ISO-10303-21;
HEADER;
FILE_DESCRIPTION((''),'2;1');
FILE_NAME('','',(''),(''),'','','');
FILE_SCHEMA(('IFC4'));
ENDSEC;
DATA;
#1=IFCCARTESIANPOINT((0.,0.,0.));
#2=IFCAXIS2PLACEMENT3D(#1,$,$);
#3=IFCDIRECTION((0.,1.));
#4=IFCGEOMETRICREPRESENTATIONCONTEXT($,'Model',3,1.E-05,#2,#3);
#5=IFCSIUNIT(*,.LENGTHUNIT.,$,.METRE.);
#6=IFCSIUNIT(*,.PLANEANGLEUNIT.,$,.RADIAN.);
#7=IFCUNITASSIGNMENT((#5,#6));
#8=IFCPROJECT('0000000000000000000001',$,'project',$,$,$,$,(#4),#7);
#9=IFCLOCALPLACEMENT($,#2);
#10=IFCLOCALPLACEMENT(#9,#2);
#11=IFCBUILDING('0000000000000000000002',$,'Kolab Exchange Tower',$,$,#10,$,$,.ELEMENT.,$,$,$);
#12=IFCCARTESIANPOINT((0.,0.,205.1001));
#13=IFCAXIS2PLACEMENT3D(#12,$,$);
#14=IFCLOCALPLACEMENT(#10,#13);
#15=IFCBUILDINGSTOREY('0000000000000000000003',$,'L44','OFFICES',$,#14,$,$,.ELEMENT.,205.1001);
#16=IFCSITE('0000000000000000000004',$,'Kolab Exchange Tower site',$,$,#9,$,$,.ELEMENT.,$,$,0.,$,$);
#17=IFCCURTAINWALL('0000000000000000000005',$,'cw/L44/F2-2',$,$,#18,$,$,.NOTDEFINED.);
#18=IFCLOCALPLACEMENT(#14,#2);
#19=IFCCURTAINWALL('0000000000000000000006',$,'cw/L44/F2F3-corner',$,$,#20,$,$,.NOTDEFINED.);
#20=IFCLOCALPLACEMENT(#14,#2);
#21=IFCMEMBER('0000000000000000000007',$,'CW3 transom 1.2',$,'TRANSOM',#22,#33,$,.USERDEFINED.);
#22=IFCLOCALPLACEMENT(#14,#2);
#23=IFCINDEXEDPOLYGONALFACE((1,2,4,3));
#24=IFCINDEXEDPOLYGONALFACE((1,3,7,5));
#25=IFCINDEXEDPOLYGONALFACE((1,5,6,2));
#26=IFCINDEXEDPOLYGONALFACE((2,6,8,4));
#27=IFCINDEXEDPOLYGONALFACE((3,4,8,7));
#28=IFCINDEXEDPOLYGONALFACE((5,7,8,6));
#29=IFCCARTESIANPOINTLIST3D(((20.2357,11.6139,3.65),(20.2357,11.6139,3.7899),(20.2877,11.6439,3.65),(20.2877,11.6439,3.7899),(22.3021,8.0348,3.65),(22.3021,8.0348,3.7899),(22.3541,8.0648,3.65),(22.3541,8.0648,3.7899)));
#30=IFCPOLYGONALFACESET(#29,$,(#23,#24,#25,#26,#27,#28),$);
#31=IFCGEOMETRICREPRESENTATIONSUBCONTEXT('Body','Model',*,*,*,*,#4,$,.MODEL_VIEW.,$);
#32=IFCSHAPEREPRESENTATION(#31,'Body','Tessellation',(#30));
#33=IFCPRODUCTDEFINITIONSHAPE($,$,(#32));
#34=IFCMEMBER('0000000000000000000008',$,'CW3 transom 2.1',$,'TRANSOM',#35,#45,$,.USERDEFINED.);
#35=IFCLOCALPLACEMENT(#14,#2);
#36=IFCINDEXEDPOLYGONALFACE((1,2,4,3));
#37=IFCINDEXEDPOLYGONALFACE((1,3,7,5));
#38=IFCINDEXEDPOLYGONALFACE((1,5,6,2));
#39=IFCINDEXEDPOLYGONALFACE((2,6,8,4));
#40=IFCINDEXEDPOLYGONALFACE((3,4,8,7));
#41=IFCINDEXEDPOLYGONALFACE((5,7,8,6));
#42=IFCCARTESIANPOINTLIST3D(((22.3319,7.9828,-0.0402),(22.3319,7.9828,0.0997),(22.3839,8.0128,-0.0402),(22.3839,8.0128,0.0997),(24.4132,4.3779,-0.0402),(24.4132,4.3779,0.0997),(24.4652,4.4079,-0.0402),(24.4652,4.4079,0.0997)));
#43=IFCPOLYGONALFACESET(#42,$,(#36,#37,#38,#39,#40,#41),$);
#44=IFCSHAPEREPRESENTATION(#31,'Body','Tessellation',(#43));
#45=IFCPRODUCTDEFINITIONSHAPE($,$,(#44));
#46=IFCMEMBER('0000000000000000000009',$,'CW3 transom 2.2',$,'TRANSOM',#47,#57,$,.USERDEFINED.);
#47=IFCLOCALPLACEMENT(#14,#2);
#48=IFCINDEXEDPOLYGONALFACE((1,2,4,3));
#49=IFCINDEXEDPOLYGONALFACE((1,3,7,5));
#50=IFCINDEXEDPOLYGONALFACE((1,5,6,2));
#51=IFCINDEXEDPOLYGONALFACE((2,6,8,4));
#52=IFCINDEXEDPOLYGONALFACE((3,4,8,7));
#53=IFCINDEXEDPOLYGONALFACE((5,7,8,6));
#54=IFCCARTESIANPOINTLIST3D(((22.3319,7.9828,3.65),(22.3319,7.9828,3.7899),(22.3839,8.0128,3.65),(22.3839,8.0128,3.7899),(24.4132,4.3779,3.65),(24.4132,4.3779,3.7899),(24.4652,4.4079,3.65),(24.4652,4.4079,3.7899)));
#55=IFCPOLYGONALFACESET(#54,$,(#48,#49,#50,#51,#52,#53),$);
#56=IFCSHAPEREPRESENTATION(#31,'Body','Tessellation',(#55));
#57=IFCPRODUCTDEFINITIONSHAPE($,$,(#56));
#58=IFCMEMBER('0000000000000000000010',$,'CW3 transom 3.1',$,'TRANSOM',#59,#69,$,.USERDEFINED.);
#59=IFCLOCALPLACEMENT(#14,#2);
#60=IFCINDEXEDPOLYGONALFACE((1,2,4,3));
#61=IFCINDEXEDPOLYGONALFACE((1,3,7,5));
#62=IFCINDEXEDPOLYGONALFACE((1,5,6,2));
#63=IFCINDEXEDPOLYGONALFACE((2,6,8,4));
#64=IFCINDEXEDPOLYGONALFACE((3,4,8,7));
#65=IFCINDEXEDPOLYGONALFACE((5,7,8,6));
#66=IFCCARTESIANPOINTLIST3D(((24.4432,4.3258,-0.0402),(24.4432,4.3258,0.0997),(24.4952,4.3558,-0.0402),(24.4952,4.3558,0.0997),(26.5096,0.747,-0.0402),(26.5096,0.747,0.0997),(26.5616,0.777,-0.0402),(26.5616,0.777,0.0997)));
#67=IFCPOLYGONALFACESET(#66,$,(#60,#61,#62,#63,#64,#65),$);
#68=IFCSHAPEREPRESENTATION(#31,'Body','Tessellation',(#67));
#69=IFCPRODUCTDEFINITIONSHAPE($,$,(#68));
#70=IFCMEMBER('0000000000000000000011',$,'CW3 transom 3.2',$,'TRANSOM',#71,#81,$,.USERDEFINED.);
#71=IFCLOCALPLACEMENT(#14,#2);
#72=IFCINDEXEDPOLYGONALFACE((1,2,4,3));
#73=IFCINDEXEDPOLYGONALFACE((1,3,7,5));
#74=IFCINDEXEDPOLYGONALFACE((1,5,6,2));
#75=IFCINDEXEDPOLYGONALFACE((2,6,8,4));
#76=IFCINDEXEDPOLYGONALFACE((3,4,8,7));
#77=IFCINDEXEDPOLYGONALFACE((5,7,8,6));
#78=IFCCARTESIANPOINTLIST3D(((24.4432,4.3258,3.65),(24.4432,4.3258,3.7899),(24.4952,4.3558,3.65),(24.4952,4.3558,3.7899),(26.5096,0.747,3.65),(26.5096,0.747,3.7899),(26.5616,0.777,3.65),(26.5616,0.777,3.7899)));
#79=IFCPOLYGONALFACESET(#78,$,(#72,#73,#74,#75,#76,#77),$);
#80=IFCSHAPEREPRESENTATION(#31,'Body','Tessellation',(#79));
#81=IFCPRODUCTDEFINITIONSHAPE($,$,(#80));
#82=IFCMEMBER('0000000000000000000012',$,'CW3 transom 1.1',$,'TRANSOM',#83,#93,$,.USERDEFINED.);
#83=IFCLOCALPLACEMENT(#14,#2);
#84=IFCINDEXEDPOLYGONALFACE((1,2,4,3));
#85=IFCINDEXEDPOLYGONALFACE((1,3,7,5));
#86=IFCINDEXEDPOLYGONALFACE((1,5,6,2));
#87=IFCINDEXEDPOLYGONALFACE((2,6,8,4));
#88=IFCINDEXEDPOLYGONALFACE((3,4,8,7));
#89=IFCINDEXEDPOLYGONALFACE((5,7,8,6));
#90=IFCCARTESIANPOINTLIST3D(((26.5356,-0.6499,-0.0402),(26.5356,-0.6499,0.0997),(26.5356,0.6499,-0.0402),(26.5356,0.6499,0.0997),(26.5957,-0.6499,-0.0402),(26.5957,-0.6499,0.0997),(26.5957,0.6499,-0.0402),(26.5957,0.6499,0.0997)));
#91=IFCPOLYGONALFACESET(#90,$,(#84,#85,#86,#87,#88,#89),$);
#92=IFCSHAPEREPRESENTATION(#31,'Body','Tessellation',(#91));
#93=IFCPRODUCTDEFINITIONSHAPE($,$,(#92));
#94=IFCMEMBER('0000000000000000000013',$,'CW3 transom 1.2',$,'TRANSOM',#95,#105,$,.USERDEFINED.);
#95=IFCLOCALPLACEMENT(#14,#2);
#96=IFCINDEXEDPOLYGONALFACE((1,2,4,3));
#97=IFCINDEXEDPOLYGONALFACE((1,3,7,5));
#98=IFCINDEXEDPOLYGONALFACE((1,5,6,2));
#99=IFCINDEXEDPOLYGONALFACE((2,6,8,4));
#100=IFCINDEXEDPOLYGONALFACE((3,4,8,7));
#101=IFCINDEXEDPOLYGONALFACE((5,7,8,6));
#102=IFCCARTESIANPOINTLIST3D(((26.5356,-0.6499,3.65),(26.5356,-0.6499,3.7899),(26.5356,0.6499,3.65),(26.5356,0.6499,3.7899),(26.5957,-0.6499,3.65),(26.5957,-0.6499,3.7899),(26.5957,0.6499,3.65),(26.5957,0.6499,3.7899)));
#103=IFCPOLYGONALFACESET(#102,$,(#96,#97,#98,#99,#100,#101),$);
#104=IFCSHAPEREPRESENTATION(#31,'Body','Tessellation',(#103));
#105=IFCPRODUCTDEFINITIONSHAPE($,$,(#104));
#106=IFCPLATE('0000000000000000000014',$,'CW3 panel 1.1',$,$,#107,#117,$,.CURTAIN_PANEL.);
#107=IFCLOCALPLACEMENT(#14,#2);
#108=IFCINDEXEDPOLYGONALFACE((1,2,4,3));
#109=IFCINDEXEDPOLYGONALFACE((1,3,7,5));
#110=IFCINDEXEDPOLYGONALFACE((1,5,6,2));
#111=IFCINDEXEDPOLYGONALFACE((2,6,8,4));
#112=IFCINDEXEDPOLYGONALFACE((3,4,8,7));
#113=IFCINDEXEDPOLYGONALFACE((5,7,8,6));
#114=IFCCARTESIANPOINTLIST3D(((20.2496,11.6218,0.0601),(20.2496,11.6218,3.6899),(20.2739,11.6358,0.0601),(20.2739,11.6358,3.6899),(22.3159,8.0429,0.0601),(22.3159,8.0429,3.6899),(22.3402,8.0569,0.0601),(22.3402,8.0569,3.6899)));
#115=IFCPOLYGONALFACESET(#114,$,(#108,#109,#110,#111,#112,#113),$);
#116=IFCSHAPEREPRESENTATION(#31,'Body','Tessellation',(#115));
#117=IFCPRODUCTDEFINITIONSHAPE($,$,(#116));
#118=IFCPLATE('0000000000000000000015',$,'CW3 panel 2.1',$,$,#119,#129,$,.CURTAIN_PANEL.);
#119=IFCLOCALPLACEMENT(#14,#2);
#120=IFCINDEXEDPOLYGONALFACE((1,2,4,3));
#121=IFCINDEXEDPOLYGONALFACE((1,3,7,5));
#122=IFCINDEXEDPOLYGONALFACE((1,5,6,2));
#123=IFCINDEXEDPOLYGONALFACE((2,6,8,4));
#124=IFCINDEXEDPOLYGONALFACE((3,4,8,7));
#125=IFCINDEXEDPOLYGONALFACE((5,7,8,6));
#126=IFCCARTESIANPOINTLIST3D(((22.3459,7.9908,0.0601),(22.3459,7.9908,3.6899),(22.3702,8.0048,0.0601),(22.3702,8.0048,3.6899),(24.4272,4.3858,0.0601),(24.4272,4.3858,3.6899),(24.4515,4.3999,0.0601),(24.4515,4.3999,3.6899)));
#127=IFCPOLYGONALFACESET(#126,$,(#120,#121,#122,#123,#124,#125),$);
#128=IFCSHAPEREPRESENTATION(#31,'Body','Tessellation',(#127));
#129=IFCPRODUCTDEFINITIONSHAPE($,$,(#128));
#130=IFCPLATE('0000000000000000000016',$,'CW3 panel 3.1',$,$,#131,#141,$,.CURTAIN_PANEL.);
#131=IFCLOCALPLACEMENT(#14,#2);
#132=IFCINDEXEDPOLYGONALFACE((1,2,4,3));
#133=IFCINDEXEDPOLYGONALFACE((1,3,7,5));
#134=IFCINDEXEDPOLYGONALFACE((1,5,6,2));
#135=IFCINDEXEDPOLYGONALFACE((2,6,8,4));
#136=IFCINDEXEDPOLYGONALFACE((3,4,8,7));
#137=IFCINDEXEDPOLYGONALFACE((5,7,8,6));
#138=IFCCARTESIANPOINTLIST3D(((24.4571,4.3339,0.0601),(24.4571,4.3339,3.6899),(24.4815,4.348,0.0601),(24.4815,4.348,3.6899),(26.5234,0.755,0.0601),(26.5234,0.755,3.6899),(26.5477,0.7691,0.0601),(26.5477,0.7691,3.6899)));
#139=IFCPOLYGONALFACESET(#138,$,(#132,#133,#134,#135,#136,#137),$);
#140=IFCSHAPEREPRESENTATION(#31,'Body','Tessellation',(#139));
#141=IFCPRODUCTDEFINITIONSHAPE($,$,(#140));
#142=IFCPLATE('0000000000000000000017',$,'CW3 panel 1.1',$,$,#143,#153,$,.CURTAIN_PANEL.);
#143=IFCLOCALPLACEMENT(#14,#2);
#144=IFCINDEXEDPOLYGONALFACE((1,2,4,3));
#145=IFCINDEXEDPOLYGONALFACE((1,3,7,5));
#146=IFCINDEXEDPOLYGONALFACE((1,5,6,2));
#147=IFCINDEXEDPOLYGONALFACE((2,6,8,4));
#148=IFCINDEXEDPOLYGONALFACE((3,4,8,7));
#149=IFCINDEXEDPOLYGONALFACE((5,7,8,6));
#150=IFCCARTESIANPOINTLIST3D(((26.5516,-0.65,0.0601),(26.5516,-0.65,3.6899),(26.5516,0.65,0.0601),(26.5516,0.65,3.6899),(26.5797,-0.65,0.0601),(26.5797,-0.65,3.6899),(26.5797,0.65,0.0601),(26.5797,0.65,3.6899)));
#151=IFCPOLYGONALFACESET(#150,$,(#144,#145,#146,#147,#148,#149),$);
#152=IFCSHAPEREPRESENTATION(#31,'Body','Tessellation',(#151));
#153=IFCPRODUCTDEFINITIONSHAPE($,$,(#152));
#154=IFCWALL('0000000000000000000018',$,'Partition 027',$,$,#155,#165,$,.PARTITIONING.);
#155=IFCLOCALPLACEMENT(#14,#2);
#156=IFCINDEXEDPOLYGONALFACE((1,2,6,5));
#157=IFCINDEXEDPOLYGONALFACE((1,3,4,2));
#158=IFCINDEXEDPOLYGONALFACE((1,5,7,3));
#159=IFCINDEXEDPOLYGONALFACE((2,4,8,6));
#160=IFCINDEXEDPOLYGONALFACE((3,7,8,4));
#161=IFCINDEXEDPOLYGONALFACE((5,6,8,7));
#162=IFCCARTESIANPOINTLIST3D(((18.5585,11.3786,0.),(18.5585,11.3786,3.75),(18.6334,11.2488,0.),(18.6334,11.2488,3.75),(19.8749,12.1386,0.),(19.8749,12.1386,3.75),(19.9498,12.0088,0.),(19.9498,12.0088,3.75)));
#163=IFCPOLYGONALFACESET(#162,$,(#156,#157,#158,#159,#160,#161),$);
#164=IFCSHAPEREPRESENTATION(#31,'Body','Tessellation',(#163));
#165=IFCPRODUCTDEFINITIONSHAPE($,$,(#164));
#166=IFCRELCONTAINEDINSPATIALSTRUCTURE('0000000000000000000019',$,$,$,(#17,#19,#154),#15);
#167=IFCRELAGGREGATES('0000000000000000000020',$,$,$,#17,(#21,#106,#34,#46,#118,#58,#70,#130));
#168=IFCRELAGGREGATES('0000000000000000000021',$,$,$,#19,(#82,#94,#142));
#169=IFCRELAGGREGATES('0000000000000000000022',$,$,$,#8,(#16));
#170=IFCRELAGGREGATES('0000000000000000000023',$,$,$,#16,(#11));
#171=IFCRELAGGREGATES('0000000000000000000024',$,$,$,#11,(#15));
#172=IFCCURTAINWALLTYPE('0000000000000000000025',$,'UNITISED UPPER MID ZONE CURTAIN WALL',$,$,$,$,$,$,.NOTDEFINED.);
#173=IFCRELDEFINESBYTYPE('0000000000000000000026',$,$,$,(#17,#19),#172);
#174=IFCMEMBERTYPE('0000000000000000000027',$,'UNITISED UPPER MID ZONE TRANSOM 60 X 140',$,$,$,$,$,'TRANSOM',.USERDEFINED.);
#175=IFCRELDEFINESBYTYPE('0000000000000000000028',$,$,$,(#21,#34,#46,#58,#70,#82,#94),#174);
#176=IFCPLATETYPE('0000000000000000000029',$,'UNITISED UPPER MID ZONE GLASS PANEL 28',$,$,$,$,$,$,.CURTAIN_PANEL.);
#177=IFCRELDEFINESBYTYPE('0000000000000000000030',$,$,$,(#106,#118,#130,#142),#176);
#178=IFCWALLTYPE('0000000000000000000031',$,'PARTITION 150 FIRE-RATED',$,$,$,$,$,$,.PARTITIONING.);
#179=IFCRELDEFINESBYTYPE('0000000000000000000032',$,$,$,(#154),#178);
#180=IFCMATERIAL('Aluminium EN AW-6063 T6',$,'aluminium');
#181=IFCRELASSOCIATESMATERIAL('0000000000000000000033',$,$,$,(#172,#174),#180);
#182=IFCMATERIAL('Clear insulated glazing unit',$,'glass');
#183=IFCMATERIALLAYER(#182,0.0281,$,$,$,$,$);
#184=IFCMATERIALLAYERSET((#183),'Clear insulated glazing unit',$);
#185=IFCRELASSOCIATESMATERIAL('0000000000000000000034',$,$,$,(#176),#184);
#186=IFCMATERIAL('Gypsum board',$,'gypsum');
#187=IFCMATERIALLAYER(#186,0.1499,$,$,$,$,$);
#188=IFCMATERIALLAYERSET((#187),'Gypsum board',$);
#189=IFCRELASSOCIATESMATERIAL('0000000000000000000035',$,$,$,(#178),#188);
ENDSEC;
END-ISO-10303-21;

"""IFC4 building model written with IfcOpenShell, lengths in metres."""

from ifc_helpers import new_model, si_unit, direction, frame, frame_2d, origin, origin_2d, place, context, subcontext, project, spatial, rectangle, extrude, material, layer, layer_set, material_profile, profile_set, type_object, element, aggregate, save


model = new_model("IFC4")

# Units and contexts
model_context = context("Model", 3, precision=1e-05, world=origin(), true_north=direction((0.0, 1.0)))
body_context = subcontext(model_context, "Body", "Model", "MODEL_VIEW")
ifc_project = project(units=[si_unit("LENGTHUNIT", "METRE"), si_unit("PLANEANGLEUNIT", "RADIAN")], contexts=[model_context])

# Site, building, storey
site_placement = place(None, origin())
site = spatial("IfcSite", under=ifc_project, at=site_placement, Name="Kolab Exchange Tower site", CompositionType="ELEMENT", RefElevation=0.0)
building_placement = place(site_placement, origin())
building = spatial("IfcBuilding", under=site, at=building_placement, Name="Kolab Exchange Tower", CompositionType="ELEMENT")
storey_placement = place(building_placement, frame((0.0, 0.0, 205.1001)))
storey = spatial("IfcBuildingStorey", under=building, at=storey_placement, Name="L44", Description="OFFICES", CompositionType="ELEMENT", Elevation=205.1001)

# Curtain wall
ifc_material_1 = material(Name="Aluminium EN AW-6063 T6", Category="aluminium")
curtain_wall_type = type_object("IfcCurtainWallType", Name="UNITISED UPPER MID ZONE CURTAIN WALL", PredefinedType="NOTDEFINED", material=ifc_material_1)
curtain_wall_1_placement = place(storey_placement, origin())
curtain_wall_1 = element("IfcCurtainWall", 1, at=curtain_wall_1_placement, inside=storey, type_object=curtain_wall_type, Name="cw/L44/F2-2", PredefinedType="NOTDEFINED")

# Curtain wall
curtain_wall_2_placement = place(storey_placement, origin())
curtain_wall_2 = element("IfcCurtainWall", 2, at=curtain_wall_2_placement, inside=storey, type_object=curtain_wall_type, Name="cw/L44/F2F3-corner", PredefinedType="NOTDEFINED")

# Members
ifc_material_profile_1 = material_profile(ifc_material_1, rectangle(XDim=0.0601, YDim=0.1399, at=origin_2d()), Name="RECT 60X140")
ifc_profile_set_1 = profile_set([ifc_material_profile_1], Name="Aluminium EN AW-6063 T6")
member_type_1 = type_object("IfcMemberType", Name="UNITISED UPPER MID ZONE TRANSOM 60 X 140", ElementType="TRANSOM", PredefinedType="USERDEFINED", material=ifc_profile_set_1)
member_1_placement = place(storey_placement, frame((20.2617, 11.6289, 3.72), z_axis=(0.500002, -0.866024, 0.0), x_axis=(0.866024, 0.500002, 0.0)))
member_1 = element("IfcMember", 3, at=member_1_placement, type_object=member_type_1, Name="CW3 transom 1.2", ObjectType="TRANSOM", PredefinedType="USERDEFINED", context=body_context, shape_type="SweptSolid", body=[
    extrude(rectangle(XDim=0.0601, YDim=0.1399, at=origin_2d()), origin(), (0.0, 0.0, 1.0), 4.1328),
])
member_2_placement = place(storey_placement, frame((22.3579, 7.9978, 0.0298), z_axis=(0.499993, -0.866029, 0.0), x_axis=(0.866029, 0.499993, 0.0)))
member_2 = element("IfcMember", 4, at=member_2_placement, type_object=member_type_1, Name="CW3 transom 2.1", ObjectType="TRANSOM", PredefinedType="USERDEFINED", context=body_context, shape_type="SweptSolid", body=[
    extrude(rectangle(XDim=0.0601, YDim=0.1399, at=origin_2d()), origin(), (0.0, 0.0, 1.0), 4.1626),
])
member_3_placement = place(storey_placement, frame((22.3579, 7.9978, 3.72), z_axis=(0.499993, -0.866029, 0.0), x_axis=(0.866029, 0.499993, 0.0)))
member_3 = element("IfcMember", 5, at=member_3_placement, type_object=member_type_1, Name="CW3 transom 2.2", ObjectType="TRANSOM", PredefinedType="USERDEFINED", context=body_context, shape_type="SweptSolid", body=[
    extrude(rectangle(XDim=0.0601, YDim=0.1399, at=origin_2d()), origin(), (0.0, 0.0, 1.0), 4.1626),
])
member_4_placement = place(storey_placement, frame((24.4692, 4.3408, 0.0298), z_axis=(0.500028, -0.866009, 0.0), x_axis=(0.866009, 0.500028, 0.0)))
member_4 = element("IfcMember", 6, at=member_4_placement, type_object=member_type_1, Name="CW3 transom 3.1", ObjectType="TRANSOM", PredefinedType="USERDEFINED", context=body_context, shape_type="SweptSolid", body=[
    extrude(rectangle(XDim=0.0601, YDim=0.1399, at=origin_2d()), origin(), (0.0, 0.0, 1.0), 4.1326),
])
member_5_placement = place(storey_placement, frame((24.4692, 4.3408, 3.72), z_axis=(0.500028, -0.866009, 0.0), x_axis=(0.866009, 0.500028, 0.0)))
member_5 = element("IfcMember", 7, at=member_5_placement, type_object=member_type_1, Name="CW3 transom 3.2", ObjectType="TRANSOM", PredefinedType="USERDEFINED", context=body_context, shape_type="SweptSolid", body=[
    extrude(rectangle(XDim=0.0601, YDim=0.1399, at=origin_2d()), origin(), (0.0, 0.0, 1.0), 4.1326),
])
member_6_placement = place(storey_placement, frame((26.5657, 0.6499, 0.0298), z_axis=(0.0, -1.0, 0.0), x_axis=(1.0, 0.0, 0.0)))
member_6 = element("IfcMember", 8, at=member_6_placement, type_object=member_type_1, Name="CW3 transom 1.1", ObjectType="TRANSOM", PredefinedType="USERDEFINED", context=body_context, shape_type="SweptSolid", body=[
    extrude(rectangle(XDim=0.0601, YDim=0.1399, at=origin_2d()), origin(), (0.0, 0.0, 1.0), 1.2998),
])
member_7_placement = place(storey_placement, frame((26.5657, 0.6499, 3.72), z_axis=(0.0, -1.0, 0.0), x_axis=(1.0, 0.0, 0.0)))
member_7 = element("IfcMember", 9, at=member_7_placement, type_object=member_type_1, Name="CW3 transom 1.2", ObjectType="TRANSOM", PredefinedType="USERDEFINED", context=body_context, shape_type="SweptSolid", body=[
    extrude(rectangle(XDim=0.0601, YDim=0.1399, at=origin_2d()), origin(), (0.0, 0.0, 1.0), 1.2998),
])

# Plates
ifc_material_2 = material(Name="Clear insulated glazing unit", Category="glass")
ifc_layer_1 = layer(ifc_material_2, 0.0281)
ifc_layer_set_1 = layer_set([ifc_layer_1], Name="Clear insulated glazing unit")
plate_type = type_object("IfcPlateType", Name="UNITISED UPPER MID ZONE GLASS PANEL 28", PredefinedType="CURTAIN_PANEL", material=ifc_layer_set_1)
plate_1_placement = place(storey_placement, frame((21.2949, 9.8394, 0.0601), z_axis=(0.0, 0.0, 1.0), x_axis=(0.5, -0.866025, 0.0)))
plate_1 = element("IfcPlate", 10, at=plate_1_placement, type_object=plate_type, Name="CW3 panel 1.1", PredefinedType="CURTAIN_PANEL", context=body_context, shape_type="SweptSolid", body=[
    extrude(rectangle(XDim=4.1326, YDim=0.0281, at=origin_2d()), origin(), (0.0, 0.0, 1.0), 3.6299),
])
plate_2_placement = place(storey_placement, frame((23.3987, 6.1953, 0.0601), z_axis=(0.0, 0.0, 1.0), x_axis=(0.5, -0.866025, 0.0)))
plate_2 = element("IfcPlate", 11, at=plate_2_placement, type_object=plate_type, Name="CW3 panel 2.1", PredefinedType="CURTAIN_PANEL", context=body_context, shape_type="SweptSolid", body=[
    extrude(rectangle(XDim=4.1626, YDim=0.0281, at=origin_2d()), origin(), (0.0, 0.0, 1.0), 3.6299),
])
plate_3_placement = place(storey_placement, frame((25.5024, 2.5515, 0.0601), z_axis=(0.0, 0.0, 1.0), x_axis=(0.5, -0.866025, 0.0)))
plate_3 = element("IfcPlate", 12, at=plate_3_placement, type_object=plate_type, Name="CW3 panel 3.1", PredefinedType="CURTAIN_PANEL", context=body_context, shape_type="SweptSolid", body=[
    extrude(rectangle(XDim=4.1326, YDim=0.0281, at=origin_2d()), origin(), (0.0, 0.0, 1.0), 3.6299),
])
aggregate(curtain_wall_1, [member_1, plate_1, member_2, member_3, plate_2, member_4, member_5, plate_3])
plate_4_placement = place(storey_placement, frame((26.5657, 0.0, 0.0601), z_axis=(0.0, 0.0, 1.0), x_axis=(0.0, -1.0, 0.0)))
plate_4 = element("IfcPlate", 13, at=plate_4_placement, type_object=plate_type, Name="CW3 panel 1.1", PredefinedType="CURTAIN_PANEL", context=body_context, shape_type="SweptSolid", body=[
    extrude(rectangle(XDim=1.3, YDim=0.0281, at=origin_2d()), origin(), (0.0, 0.0, 1.0), 3.6299),
])
aggregate(curtain_wall_2, [member_6, member_7, plate_4])

# Wall
ifc_material_3 = material(Name="Gypsum board", Category="gypsum")
ifc_layer_2 = layer(ifc_material_3, 0.1499)
ifc_layer_set_2 = layer_set([ifc_layer_2], Name="Gypsum board")
wall_type = type_object("IfcWallType", Name="PARTITION 150 FIRE-RATED", PredefinedType="PARTITIONING", material=ifc_layer_set_2)
wall_placement = place(storey_placement, frame((18.5959, 11.3137, 0.0), z_axis=(0.0, 0.0, 1.0), x_axis=(0.86603, 0.499991, 0.0)))
element("IfcWall", 14, at=wall_placement, inside=storey, type_object=wall_type, Name="Partition 027", PredefinedType="PARTITIONING", context=body_context, shape_type="SweptSolid", body=[
    extrude(rectangle(XDim=1.52, YDim=0.1499, at=frame_2d((0.76, 0.0))), origin(), (0.0, 0.0, 1.0), 3.75),
])

save(model, "model.ifc")
